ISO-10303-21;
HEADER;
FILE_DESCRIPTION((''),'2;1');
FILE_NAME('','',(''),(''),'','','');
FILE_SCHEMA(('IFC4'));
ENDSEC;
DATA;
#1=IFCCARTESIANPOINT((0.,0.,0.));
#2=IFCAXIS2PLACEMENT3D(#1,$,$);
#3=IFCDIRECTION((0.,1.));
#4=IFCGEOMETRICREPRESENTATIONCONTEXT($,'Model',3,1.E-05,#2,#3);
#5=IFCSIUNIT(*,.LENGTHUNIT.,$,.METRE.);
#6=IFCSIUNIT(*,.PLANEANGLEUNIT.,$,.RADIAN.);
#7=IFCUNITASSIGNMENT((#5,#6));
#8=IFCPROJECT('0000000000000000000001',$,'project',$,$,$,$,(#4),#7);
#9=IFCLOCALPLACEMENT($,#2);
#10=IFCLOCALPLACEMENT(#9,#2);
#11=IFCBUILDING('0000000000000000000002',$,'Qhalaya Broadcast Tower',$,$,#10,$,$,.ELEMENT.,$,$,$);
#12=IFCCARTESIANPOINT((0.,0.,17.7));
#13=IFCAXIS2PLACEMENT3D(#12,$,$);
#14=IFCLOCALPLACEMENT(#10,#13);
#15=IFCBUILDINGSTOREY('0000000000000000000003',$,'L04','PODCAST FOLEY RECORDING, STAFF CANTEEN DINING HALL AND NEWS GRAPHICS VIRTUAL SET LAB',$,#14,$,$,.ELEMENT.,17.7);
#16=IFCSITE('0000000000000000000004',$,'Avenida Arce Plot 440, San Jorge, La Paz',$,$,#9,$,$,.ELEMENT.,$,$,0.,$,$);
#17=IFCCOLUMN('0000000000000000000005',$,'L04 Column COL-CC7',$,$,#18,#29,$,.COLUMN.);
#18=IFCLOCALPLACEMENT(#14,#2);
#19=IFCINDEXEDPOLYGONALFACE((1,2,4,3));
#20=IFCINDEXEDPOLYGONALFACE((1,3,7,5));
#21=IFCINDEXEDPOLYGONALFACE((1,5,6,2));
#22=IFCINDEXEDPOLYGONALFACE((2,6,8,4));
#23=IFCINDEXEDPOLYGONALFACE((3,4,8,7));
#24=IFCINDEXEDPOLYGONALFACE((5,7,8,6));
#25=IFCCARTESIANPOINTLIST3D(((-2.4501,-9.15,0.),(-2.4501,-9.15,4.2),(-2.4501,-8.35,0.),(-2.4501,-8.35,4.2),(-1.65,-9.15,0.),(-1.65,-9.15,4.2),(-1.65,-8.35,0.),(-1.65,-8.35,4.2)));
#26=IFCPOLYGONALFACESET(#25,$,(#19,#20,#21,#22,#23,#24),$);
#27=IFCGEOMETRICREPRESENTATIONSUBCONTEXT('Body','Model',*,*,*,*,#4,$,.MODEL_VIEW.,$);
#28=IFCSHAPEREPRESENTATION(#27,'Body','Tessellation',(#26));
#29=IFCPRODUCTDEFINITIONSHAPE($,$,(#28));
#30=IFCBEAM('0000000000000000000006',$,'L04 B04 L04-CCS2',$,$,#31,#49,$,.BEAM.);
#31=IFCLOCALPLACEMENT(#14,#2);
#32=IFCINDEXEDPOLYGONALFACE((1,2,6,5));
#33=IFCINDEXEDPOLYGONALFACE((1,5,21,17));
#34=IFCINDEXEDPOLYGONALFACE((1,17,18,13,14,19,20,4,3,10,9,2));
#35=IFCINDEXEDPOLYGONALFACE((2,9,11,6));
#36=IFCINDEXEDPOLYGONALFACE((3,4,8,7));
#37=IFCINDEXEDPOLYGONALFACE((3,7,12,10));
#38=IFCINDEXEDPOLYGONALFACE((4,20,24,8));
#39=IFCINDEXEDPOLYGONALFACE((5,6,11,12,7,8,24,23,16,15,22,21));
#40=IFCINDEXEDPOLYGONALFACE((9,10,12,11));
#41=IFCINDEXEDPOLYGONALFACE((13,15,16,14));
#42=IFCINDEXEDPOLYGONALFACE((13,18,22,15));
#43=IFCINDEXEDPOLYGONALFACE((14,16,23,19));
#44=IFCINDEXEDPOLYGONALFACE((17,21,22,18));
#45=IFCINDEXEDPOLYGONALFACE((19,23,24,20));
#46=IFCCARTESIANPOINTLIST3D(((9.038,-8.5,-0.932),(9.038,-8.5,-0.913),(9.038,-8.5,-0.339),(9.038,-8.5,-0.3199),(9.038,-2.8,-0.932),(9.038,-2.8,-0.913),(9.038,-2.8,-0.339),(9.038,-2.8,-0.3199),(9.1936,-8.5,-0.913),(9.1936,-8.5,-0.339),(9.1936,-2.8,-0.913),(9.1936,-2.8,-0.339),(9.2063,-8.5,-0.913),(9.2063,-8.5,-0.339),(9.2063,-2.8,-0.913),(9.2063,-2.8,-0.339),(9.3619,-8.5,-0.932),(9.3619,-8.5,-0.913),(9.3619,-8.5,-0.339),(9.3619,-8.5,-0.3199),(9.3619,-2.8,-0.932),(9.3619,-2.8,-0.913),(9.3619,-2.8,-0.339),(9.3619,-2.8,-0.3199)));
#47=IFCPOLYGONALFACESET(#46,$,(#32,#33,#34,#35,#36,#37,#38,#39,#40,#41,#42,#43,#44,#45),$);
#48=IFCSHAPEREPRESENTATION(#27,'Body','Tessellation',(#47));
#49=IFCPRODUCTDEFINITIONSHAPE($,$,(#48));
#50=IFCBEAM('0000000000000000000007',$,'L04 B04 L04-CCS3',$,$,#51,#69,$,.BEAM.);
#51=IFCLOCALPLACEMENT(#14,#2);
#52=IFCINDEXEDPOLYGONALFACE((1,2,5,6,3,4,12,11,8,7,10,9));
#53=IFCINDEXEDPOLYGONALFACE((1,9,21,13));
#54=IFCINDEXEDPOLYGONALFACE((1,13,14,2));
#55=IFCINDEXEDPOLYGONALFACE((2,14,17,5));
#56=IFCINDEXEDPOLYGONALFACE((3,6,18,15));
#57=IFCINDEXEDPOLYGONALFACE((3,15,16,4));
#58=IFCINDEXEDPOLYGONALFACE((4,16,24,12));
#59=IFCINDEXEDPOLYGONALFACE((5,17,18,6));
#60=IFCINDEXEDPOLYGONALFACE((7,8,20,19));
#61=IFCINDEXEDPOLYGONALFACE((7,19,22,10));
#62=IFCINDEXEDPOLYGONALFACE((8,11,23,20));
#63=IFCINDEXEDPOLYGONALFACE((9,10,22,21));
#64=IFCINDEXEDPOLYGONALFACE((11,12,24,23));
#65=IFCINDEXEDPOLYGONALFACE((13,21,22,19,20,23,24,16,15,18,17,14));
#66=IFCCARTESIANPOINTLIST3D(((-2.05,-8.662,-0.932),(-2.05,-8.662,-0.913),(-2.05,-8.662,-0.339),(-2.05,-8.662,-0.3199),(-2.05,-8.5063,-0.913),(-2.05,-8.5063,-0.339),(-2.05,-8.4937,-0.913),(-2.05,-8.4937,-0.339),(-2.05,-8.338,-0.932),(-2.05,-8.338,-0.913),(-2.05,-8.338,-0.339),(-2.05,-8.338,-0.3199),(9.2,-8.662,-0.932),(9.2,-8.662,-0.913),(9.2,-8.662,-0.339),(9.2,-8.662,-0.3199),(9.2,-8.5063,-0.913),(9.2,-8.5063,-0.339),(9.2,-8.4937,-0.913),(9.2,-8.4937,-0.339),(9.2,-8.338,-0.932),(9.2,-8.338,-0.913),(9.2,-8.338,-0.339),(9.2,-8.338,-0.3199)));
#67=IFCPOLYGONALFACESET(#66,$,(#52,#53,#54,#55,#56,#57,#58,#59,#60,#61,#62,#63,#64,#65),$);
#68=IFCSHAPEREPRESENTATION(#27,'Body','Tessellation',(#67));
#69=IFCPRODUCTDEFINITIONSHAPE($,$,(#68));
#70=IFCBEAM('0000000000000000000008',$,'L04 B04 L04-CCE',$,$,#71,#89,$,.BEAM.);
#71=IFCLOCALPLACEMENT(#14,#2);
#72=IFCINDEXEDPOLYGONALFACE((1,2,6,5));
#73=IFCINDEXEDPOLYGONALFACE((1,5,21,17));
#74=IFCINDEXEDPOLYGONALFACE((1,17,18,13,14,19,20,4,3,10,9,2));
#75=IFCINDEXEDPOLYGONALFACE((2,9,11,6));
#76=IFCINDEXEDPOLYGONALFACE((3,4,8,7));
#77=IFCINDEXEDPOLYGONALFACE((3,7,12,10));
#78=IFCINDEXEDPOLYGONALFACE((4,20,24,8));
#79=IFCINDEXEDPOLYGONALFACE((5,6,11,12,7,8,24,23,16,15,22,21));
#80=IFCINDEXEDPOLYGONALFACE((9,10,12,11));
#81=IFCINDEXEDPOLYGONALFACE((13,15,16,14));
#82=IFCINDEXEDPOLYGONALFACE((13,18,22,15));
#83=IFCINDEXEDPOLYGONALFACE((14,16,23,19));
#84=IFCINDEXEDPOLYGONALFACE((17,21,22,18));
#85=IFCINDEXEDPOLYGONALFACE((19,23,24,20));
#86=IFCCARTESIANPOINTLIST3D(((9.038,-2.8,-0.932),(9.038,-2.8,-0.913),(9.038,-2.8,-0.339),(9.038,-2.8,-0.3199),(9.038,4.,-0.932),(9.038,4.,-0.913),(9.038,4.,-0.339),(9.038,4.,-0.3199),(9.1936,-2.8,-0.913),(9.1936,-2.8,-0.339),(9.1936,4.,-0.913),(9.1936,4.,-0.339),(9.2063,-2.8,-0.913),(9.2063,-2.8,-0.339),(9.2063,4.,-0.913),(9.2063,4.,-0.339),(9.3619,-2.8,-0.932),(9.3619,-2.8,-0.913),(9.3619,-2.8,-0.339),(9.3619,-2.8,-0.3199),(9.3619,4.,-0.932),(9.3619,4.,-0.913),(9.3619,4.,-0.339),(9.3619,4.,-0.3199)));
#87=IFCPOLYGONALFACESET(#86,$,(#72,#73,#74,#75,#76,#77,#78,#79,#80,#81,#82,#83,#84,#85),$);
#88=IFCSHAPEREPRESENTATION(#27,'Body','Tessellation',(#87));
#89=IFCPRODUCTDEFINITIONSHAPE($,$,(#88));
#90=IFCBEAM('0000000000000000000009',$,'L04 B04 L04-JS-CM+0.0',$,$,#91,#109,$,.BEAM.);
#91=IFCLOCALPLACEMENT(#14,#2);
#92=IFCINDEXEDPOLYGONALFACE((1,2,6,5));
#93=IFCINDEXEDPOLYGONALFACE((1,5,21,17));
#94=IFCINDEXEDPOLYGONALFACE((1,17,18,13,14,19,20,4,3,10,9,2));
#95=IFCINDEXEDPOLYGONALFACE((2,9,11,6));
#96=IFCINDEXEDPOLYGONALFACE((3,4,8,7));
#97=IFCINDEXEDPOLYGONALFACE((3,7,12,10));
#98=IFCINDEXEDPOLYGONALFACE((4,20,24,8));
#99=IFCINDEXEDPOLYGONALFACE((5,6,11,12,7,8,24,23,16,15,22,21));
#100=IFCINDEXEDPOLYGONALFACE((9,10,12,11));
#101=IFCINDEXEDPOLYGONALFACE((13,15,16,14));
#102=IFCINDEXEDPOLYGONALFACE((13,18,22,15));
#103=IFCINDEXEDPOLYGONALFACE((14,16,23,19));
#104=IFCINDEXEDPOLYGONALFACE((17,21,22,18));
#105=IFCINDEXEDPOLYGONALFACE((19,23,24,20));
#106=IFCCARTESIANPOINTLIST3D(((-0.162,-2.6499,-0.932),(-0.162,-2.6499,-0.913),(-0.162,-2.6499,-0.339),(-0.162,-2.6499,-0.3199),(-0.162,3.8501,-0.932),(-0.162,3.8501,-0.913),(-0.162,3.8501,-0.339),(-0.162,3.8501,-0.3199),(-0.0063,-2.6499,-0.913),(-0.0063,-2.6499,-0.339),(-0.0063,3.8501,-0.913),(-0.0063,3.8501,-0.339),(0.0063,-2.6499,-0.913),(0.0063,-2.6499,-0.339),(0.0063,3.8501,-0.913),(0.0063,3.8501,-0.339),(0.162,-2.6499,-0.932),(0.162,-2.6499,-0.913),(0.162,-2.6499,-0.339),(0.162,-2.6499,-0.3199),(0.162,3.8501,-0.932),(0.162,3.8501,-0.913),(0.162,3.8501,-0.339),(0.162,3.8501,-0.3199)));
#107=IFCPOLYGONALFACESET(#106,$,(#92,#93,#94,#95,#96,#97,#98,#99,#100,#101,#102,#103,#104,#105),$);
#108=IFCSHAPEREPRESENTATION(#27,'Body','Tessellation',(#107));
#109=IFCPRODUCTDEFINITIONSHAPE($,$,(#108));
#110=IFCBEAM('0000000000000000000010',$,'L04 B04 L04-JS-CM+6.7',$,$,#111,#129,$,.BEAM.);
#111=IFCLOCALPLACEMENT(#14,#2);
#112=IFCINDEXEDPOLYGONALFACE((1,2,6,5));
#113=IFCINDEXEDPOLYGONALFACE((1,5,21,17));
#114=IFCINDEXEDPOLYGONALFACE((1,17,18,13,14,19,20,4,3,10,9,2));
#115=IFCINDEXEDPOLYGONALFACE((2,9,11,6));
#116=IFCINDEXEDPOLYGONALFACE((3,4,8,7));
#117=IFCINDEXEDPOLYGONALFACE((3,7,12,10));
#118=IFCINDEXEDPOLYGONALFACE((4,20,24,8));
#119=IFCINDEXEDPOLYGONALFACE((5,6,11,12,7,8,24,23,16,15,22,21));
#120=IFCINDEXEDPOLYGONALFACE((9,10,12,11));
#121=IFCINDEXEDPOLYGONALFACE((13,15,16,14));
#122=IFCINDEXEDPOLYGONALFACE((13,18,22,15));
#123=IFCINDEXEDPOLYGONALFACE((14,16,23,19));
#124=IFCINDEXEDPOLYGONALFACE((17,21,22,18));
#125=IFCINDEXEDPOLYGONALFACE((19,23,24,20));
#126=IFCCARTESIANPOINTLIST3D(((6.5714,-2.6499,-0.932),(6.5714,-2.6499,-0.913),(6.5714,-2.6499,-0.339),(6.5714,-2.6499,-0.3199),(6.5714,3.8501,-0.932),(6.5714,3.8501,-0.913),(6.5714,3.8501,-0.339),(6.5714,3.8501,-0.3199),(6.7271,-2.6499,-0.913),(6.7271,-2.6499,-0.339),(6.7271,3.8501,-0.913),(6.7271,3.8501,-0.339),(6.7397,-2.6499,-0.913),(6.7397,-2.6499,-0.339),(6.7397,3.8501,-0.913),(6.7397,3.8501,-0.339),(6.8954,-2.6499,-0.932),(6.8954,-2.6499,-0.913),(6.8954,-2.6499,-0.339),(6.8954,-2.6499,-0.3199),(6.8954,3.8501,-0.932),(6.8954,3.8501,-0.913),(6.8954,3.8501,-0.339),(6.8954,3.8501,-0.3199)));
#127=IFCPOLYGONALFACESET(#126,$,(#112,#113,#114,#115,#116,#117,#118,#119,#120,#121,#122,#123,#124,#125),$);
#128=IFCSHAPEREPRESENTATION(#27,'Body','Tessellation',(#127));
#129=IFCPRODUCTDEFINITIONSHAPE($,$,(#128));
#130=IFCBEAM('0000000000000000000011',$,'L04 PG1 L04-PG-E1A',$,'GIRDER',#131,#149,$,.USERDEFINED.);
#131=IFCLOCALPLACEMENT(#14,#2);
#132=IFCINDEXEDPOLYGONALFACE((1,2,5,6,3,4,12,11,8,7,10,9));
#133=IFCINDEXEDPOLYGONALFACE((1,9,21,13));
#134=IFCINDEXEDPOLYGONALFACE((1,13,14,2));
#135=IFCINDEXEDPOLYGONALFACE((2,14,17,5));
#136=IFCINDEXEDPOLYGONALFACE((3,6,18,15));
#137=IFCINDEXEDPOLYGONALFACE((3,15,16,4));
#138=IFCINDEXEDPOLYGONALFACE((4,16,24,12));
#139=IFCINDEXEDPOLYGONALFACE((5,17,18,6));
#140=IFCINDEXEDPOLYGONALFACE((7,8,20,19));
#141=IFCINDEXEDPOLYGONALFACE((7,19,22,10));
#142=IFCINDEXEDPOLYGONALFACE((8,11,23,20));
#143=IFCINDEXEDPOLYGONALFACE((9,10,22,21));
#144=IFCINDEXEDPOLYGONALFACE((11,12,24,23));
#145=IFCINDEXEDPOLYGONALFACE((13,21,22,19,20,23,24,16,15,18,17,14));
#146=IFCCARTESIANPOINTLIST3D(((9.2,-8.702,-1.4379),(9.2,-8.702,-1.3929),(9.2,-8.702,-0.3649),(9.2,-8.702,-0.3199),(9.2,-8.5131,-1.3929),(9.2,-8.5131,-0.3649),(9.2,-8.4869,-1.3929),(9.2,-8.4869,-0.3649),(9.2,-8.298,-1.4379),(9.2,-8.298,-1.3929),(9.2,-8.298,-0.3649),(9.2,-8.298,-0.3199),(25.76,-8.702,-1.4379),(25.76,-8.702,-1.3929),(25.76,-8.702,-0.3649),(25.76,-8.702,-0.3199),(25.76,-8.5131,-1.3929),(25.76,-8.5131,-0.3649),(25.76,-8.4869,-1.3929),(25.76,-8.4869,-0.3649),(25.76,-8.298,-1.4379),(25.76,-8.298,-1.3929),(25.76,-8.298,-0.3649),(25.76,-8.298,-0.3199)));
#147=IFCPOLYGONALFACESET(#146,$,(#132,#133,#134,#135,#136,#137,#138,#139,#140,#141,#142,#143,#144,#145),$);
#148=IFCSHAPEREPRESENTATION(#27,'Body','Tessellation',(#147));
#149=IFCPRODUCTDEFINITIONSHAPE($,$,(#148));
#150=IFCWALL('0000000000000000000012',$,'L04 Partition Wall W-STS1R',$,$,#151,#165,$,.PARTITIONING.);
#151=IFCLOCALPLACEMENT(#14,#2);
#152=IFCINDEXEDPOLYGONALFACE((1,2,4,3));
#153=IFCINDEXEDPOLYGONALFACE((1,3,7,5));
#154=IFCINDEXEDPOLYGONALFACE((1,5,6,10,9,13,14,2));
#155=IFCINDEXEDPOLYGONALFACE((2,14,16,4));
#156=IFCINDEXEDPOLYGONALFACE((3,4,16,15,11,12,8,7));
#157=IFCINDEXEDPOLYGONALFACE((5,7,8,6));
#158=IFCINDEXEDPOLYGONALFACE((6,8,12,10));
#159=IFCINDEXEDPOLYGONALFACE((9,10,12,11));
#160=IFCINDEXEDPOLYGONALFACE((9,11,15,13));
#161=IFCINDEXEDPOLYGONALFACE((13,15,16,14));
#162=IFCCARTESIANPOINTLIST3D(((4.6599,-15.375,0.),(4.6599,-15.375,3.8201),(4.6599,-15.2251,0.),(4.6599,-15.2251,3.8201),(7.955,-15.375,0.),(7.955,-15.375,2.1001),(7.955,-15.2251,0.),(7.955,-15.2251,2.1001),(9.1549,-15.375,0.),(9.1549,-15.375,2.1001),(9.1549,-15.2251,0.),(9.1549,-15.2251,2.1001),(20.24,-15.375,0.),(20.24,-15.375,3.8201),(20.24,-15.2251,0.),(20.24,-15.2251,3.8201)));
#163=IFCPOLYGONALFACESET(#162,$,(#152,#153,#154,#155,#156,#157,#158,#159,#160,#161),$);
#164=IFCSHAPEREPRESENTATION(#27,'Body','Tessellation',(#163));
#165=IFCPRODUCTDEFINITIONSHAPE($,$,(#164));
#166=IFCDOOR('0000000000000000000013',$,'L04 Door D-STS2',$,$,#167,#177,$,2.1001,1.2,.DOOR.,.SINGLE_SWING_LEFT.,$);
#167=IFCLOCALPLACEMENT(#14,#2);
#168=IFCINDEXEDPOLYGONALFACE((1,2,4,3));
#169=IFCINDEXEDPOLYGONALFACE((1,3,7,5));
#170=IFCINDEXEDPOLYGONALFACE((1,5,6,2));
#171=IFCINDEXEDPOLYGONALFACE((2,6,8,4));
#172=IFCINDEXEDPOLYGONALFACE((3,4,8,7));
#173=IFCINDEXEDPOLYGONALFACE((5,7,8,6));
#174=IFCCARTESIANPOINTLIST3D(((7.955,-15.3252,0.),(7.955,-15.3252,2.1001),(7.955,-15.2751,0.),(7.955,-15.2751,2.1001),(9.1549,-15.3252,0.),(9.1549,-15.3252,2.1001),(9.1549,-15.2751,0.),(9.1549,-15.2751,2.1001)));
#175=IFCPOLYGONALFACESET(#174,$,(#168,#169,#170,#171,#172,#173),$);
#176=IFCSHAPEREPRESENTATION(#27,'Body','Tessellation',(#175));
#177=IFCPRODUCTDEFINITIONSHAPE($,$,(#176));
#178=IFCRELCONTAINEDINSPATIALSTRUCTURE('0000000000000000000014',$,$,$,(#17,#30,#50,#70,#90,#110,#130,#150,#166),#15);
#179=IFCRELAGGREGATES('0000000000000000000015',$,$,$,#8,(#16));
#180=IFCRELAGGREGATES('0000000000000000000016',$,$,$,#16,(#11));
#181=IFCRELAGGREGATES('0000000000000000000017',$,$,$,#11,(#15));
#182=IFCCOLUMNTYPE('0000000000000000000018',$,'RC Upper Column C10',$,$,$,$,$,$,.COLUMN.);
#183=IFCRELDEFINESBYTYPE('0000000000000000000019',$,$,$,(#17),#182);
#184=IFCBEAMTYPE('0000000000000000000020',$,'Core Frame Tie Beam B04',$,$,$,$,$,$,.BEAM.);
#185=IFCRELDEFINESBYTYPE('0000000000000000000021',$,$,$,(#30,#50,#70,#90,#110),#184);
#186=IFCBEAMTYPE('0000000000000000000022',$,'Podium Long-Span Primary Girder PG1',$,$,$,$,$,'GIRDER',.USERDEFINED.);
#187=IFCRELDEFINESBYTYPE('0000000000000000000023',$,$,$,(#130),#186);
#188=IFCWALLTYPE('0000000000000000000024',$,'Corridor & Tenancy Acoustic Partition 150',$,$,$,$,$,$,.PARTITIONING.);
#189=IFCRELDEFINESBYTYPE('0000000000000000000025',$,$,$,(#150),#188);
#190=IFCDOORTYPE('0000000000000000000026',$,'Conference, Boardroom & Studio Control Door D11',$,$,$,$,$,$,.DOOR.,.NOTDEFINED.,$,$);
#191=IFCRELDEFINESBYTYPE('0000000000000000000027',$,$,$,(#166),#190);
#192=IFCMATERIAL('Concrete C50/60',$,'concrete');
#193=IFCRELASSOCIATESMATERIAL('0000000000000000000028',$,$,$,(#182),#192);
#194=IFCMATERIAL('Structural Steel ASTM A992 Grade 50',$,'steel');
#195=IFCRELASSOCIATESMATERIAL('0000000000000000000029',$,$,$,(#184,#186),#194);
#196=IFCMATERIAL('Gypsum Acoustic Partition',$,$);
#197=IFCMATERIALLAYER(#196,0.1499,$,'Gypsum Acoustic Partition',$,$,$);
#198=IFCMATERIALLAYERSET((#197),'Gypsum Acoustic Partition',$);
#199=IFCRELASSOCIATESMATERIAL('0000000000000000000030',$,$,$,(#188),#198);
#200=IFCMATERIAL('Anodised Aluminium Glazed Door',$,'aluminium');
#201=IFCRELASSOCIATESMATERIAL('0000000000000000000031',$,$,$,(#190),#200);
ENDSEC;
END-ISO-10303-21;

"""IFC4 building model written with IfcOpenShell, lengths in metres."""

from ifc_helpers import new_model, si_unit, direction, frame, frame_2d, origin, origin_2d, place, context, subcontext, project, spatial, rectangle, i_section, extrude, material, layer, layer_set, material_profile, profile_set, type_object, element, fill, save


model = new_model("IFC4")

# Units and contexts
model_context = context("Model", 3, precision=1e-05, world=origin(), true_north=direction((0.0, 1.0)))
body_context = subcontext(model_context, "Body", "Model", "MODEL_VIEW")
ifc_project = project(units=[si_unit("LENGTHUNIT", "METRE"), si_unit("PLANEANGLEUNIT", "RADIAN")], contexts=[model_context])

# Site, building, storey
site_placement = place(None, origin())
site = spatial("IfcSite", under=ifc_project, at=site_placement, Name="Avenida Arce Plot 440, San Jorge, La Paz", CompositionType="ELEMENT", RefElevation=0.0)
building_placement = place(site_placement, origin())
building = spatial("IfcBuilding", under=site, at=building_placement, Name="Qhalaya Broadcast Tower", CompositionType="ELEMENT")
storey_placement = place(building_placement, frame((0.0, 0.0, 17.7)))
storey = spatial("IfcBuildingStorey", under=building, at=storey_placement, Name="L04", Description="PODCAST FOLEY RECORDING, STAFF CANTEEN DINING HALL AND NEWS GRAPHICS VIRTUAL SET LAB", CompositionType="ELEMENT", Elevation=17.7)

# Column
ifc_material_1 = material(Name="Concrete C50/60", Category="concrete")
ifc_material_profile_1 = material_profile(ifc_material_1, rectangle(XDim=0.8, YDim=0.8, at=origin_2d()), Name="RC-COL 800x800")
ifc_profile_set_1 = profile_set([ifc_material_profile_1], Name="Concrete C50/60")
column_type = type_object("IfcColumnType", Name="RC Upper Column C10", PredefinedType="COLUMN", material=ifc_profile_set_1)
column_placement = place(storey_placement, frame((-2.05, -8.75, 0.0), z_axis=(0.0, 0.0, 1.0), x_axis=(1.0, 0.0, 0.0)))
element("IfcColumn", 1, at=column_placement, inside=storey, type_object=column_type, Name="L04 Column COL-CC7", PredefinedType="COLUMN", context=body_context, shape_type="SweptSolid", body=[
    extrude(rectangle(XDim=0.8, YDim=0.8, at=origin_2d()), origin(), (0.0, 0.0, 1.0), 4.2),
])

# Beams
ifc_material_2 = material(Name="Structural Steel ASTM A992 Grade 50", Category="steel")
ifc_material_profile_2 = material_profile(ifc_material_2, i_section(OverallWidth=0.324, OverallDepth=0.6121, WebThickness=0.0127, FlangeThickness=0.019, at=origin_2d()), Name="W24X104")
ifc_profile_set_2 = profile_set([ifc_material_profile_2], Name="Structural Steel ASTM A992 Grade 50")
beam_type_1 = type_object("IfcBeamType", Name="Core Frame Tie Beam B04", PredefinedType="BEAM", material=ifc_profile_set_2)
beam_1_placement = place(storey_placement, frame((9.2, -8.5, -0.626), z_axis=(0.0, 1.0, 0.0), x_axis=(-1.0, 0.0, 0.0)))
element("IfcBeam", 2, at=beam_1_placement, inside=storey, type_object=beam_type_1, Name="L04 B04 L04-CCS2", PredefinedType="BEAM", context=body_context, shape_type="SweptSolid", body=[
    extrude(i_section(OverallWidth=0.324, OverallDepth=0.6121, WebThickness=0.0127, FlangeThickness=0.019, at=origin_2d()), origin(), (0.0, 0.0, 1.0), 5.7),
])
beam_2_placement = place(storey_placement, frame((-2.05, -8.5, -0.626), z_axis=(1.0, 0.0, 0.0), x_axis=(0.0, 1.0, 0.0)))
element("IfcBeam", 3, at=beam_2_placement, inside=storey, type_object=beam_type_1, Name="L04 B04 L04-CCS3", PredefinedType="BEAM", context=body_context, shape_type="SweptSolid", body=[
    extrude(i_section(OverallWidth=0.324, OverallDepth=0.6121, WebThickness=0.0127, FlangeThickness=0.019, at=origin_2d()), origin(), (0.0, 0.0, 1.0), 11.25),
])
beam_3_placement = place(storey_placement, frame((9.2, -2.8, -0.626), z_axis=(0.0, 1.0, 0.0), x_axis=(-1.0, 0.0, 0.0)))
element("IfcBeam", 4, at=beam_3_placement, inside=storey, type_object=beam_type_1, Name="L04 B04 L04-CCE", PredefinedType="BEAM", context=body_context, shape_type="SweptSolid", body=[
    extrude(i_section(OverallWidth=0.324, OverallDepth=0.6121, WebThickness=0.0127, FlangeThickness=0.019, at=origin_2d()), origin(), (0.0, 0.0, 1.0), 6.8),
])
for number, where, z_axis, x_axis, name in (
    (5, (0.0, -2.6499, -0.626), (0.0, 1.0, 0.0), (-1.0, 0.0, 0.0), "L04 B04 L04-JS-CM+0.0"),
    (6, (6.7334, -2.6499, -0.626), (0.0, 1.0, 0.0), (-1.0, 0.0, 0.0), "L04 B04 L04-JS-CM+6.7"),
):
    element("IfcBeam", number, at=place(storey_placement, frame(where, z_axis=z_axis, x_axis=x_axis)), inside=storey, type_object=beam_type_1, Name=name, PredefinedType="BEAM", context=body_context, shape_type="SweptSolid", body=[
        extrude(i_section(OverallWidth=0.324, OverallDepth=0.6121, WebThickness=0.0127, FlangeThickness=0.019, at=origin_2d()), origin(), (0.0, 0.0, 1.0), 6.5),
    ])
ifc_material_profile_3 = material_profile(ifc_material_2, i_section(OverallWidth=0.4041, OverallDepth=1.1179, WebThickness=0.0261, FlangeThickness=0.0449, at=origin_2d()), Name="W44X335")
ifc_profile_set_3 = profile_set([ifc_material_profile_3], Name="Structural Steel ASTM A992 Grade 50")
beam_type_2 = type_object("IfcBeamType", Name="Podium Long-Span Primary Girder PG1", ElementType="GIRDER", PredefinedType="USERDEFINED", material=ifc_profile_set_3)
beam_4_placement = place(storey_placement, frame((9.2, -8.5, -0.8789), z_axis=(1.0, 0.0, 0.0), x_axis=(0.0, 1.0, 0.0)))
element("IfcBeam", 7, at=beam_4_placement, inside=storey, type_object=beam_type_2, Name="L04 PG1 L04-PG-E1A", ObjectType="GIRDER", PredefinedType="USERDEFINED", context=body_context, shape_type="SweptSolid", body=[
    extrude(i_section(OverallWidth=0.4041, OverallDepth=1.1179, WebThickness=0.0261, FlangeThickness=0.0449, at=origin_2d()), origin(), (0.0, 0.0, 1.0), 16.5601),
])

# Wall, opening, door
ifc_material_3 = material(Name="Gypsum Acoustic Partition")
ifc_layer_1 = layer(ifc_material_3, 0.1499, Name="Gypsum Acoustic Partition")
ifc_layer_set_1 = layer_set([ifc_layer_1], Name="Gypsum Acoustic Partition")
wall_type_1 = type_object("IfcWallType", Name="Corridor & Tenancy Acoustic Partition 150", PredefinedType="PARTITIONING", material=ifc_layer_set_1)
wall_1_placement = place(storey_placement, frame((4.6599, -15.3, 0.0), z_axis=(0.0, 0.0, 1.0), x_axis=(1.0, 0.0, 0.0)))
wall_1 = element("IfcWall", 8, at=wall_1_placement, inside=storey, type_object=wall_type_1, Name="L04 Partition Wall W-STS1R", PredefinedType="PARTITIONING", context=body_context, shape_type="SweptSolid", body=[
    extrude(rectangle(XDim=15.5801, YDim=0.1499, at=frame_2d((7.79, 0.0))), origin(), (0.0, 0.0, 1.0), 3.8201),
])
opening_1_placement = place(wall_1_placement, frame((3.2949, 0.0, 0.0)))
opening_1 = element("IfcOpeningElement", 9, at=opening_1_placement, cuts=wall_1, PredefinedType="OPENING", context=body_context, shape_type="SweptSolid", body=[
    extrude(rectangle(XDim=1.2, YDim=2.1001, at=frame_2d((0.6001, 1.05))), frame((0.0, 0.0869, 0.0), z_axis=(0.0, -1.0, 0.0), x_axis=(1.0, 0.0, 0.0)), (0.0, 0.0, 1.0), 0.1738),
])
ifc_material_4 = material(Name="Anodised Aluminium Glazed Door", Category="aluminium")
door_type_1 = type_object("IfcDoorType", Name="Conference, Boardroom & Studio Control Door D11", OperationType="NOTDEFINED", PredefinedType="DOOR", material=ifc_material_4)
door_1_placement = place(opening_1_placement, origin())
door_1 = element("IfcDoor", 10, at=door_1_placement, inside=storey, type_object=door_type_1, Name="L04 Door D-STS2", OperationType="SINGLE_SWING_LEFT", OverallHeight=2.1001, OverallWidth=1.2, PredefinedType="DOOR", context=body_context, shape_type="SweptSolid", body=[
    extrude(rectangle(XDim=1.2, YDim=2.1001, at=frame_2d((0.6001, 1.05))), frame((0.0, 0.0249, 0.0), z_axis=(0.0, -1.0, 0.0), x_axis=(1.0, 0.0, 0.0)), (0.0, 0.0, 1.0), 0.05),
])
fill(opening_1, door_1)

save(model, "model.ifc")
